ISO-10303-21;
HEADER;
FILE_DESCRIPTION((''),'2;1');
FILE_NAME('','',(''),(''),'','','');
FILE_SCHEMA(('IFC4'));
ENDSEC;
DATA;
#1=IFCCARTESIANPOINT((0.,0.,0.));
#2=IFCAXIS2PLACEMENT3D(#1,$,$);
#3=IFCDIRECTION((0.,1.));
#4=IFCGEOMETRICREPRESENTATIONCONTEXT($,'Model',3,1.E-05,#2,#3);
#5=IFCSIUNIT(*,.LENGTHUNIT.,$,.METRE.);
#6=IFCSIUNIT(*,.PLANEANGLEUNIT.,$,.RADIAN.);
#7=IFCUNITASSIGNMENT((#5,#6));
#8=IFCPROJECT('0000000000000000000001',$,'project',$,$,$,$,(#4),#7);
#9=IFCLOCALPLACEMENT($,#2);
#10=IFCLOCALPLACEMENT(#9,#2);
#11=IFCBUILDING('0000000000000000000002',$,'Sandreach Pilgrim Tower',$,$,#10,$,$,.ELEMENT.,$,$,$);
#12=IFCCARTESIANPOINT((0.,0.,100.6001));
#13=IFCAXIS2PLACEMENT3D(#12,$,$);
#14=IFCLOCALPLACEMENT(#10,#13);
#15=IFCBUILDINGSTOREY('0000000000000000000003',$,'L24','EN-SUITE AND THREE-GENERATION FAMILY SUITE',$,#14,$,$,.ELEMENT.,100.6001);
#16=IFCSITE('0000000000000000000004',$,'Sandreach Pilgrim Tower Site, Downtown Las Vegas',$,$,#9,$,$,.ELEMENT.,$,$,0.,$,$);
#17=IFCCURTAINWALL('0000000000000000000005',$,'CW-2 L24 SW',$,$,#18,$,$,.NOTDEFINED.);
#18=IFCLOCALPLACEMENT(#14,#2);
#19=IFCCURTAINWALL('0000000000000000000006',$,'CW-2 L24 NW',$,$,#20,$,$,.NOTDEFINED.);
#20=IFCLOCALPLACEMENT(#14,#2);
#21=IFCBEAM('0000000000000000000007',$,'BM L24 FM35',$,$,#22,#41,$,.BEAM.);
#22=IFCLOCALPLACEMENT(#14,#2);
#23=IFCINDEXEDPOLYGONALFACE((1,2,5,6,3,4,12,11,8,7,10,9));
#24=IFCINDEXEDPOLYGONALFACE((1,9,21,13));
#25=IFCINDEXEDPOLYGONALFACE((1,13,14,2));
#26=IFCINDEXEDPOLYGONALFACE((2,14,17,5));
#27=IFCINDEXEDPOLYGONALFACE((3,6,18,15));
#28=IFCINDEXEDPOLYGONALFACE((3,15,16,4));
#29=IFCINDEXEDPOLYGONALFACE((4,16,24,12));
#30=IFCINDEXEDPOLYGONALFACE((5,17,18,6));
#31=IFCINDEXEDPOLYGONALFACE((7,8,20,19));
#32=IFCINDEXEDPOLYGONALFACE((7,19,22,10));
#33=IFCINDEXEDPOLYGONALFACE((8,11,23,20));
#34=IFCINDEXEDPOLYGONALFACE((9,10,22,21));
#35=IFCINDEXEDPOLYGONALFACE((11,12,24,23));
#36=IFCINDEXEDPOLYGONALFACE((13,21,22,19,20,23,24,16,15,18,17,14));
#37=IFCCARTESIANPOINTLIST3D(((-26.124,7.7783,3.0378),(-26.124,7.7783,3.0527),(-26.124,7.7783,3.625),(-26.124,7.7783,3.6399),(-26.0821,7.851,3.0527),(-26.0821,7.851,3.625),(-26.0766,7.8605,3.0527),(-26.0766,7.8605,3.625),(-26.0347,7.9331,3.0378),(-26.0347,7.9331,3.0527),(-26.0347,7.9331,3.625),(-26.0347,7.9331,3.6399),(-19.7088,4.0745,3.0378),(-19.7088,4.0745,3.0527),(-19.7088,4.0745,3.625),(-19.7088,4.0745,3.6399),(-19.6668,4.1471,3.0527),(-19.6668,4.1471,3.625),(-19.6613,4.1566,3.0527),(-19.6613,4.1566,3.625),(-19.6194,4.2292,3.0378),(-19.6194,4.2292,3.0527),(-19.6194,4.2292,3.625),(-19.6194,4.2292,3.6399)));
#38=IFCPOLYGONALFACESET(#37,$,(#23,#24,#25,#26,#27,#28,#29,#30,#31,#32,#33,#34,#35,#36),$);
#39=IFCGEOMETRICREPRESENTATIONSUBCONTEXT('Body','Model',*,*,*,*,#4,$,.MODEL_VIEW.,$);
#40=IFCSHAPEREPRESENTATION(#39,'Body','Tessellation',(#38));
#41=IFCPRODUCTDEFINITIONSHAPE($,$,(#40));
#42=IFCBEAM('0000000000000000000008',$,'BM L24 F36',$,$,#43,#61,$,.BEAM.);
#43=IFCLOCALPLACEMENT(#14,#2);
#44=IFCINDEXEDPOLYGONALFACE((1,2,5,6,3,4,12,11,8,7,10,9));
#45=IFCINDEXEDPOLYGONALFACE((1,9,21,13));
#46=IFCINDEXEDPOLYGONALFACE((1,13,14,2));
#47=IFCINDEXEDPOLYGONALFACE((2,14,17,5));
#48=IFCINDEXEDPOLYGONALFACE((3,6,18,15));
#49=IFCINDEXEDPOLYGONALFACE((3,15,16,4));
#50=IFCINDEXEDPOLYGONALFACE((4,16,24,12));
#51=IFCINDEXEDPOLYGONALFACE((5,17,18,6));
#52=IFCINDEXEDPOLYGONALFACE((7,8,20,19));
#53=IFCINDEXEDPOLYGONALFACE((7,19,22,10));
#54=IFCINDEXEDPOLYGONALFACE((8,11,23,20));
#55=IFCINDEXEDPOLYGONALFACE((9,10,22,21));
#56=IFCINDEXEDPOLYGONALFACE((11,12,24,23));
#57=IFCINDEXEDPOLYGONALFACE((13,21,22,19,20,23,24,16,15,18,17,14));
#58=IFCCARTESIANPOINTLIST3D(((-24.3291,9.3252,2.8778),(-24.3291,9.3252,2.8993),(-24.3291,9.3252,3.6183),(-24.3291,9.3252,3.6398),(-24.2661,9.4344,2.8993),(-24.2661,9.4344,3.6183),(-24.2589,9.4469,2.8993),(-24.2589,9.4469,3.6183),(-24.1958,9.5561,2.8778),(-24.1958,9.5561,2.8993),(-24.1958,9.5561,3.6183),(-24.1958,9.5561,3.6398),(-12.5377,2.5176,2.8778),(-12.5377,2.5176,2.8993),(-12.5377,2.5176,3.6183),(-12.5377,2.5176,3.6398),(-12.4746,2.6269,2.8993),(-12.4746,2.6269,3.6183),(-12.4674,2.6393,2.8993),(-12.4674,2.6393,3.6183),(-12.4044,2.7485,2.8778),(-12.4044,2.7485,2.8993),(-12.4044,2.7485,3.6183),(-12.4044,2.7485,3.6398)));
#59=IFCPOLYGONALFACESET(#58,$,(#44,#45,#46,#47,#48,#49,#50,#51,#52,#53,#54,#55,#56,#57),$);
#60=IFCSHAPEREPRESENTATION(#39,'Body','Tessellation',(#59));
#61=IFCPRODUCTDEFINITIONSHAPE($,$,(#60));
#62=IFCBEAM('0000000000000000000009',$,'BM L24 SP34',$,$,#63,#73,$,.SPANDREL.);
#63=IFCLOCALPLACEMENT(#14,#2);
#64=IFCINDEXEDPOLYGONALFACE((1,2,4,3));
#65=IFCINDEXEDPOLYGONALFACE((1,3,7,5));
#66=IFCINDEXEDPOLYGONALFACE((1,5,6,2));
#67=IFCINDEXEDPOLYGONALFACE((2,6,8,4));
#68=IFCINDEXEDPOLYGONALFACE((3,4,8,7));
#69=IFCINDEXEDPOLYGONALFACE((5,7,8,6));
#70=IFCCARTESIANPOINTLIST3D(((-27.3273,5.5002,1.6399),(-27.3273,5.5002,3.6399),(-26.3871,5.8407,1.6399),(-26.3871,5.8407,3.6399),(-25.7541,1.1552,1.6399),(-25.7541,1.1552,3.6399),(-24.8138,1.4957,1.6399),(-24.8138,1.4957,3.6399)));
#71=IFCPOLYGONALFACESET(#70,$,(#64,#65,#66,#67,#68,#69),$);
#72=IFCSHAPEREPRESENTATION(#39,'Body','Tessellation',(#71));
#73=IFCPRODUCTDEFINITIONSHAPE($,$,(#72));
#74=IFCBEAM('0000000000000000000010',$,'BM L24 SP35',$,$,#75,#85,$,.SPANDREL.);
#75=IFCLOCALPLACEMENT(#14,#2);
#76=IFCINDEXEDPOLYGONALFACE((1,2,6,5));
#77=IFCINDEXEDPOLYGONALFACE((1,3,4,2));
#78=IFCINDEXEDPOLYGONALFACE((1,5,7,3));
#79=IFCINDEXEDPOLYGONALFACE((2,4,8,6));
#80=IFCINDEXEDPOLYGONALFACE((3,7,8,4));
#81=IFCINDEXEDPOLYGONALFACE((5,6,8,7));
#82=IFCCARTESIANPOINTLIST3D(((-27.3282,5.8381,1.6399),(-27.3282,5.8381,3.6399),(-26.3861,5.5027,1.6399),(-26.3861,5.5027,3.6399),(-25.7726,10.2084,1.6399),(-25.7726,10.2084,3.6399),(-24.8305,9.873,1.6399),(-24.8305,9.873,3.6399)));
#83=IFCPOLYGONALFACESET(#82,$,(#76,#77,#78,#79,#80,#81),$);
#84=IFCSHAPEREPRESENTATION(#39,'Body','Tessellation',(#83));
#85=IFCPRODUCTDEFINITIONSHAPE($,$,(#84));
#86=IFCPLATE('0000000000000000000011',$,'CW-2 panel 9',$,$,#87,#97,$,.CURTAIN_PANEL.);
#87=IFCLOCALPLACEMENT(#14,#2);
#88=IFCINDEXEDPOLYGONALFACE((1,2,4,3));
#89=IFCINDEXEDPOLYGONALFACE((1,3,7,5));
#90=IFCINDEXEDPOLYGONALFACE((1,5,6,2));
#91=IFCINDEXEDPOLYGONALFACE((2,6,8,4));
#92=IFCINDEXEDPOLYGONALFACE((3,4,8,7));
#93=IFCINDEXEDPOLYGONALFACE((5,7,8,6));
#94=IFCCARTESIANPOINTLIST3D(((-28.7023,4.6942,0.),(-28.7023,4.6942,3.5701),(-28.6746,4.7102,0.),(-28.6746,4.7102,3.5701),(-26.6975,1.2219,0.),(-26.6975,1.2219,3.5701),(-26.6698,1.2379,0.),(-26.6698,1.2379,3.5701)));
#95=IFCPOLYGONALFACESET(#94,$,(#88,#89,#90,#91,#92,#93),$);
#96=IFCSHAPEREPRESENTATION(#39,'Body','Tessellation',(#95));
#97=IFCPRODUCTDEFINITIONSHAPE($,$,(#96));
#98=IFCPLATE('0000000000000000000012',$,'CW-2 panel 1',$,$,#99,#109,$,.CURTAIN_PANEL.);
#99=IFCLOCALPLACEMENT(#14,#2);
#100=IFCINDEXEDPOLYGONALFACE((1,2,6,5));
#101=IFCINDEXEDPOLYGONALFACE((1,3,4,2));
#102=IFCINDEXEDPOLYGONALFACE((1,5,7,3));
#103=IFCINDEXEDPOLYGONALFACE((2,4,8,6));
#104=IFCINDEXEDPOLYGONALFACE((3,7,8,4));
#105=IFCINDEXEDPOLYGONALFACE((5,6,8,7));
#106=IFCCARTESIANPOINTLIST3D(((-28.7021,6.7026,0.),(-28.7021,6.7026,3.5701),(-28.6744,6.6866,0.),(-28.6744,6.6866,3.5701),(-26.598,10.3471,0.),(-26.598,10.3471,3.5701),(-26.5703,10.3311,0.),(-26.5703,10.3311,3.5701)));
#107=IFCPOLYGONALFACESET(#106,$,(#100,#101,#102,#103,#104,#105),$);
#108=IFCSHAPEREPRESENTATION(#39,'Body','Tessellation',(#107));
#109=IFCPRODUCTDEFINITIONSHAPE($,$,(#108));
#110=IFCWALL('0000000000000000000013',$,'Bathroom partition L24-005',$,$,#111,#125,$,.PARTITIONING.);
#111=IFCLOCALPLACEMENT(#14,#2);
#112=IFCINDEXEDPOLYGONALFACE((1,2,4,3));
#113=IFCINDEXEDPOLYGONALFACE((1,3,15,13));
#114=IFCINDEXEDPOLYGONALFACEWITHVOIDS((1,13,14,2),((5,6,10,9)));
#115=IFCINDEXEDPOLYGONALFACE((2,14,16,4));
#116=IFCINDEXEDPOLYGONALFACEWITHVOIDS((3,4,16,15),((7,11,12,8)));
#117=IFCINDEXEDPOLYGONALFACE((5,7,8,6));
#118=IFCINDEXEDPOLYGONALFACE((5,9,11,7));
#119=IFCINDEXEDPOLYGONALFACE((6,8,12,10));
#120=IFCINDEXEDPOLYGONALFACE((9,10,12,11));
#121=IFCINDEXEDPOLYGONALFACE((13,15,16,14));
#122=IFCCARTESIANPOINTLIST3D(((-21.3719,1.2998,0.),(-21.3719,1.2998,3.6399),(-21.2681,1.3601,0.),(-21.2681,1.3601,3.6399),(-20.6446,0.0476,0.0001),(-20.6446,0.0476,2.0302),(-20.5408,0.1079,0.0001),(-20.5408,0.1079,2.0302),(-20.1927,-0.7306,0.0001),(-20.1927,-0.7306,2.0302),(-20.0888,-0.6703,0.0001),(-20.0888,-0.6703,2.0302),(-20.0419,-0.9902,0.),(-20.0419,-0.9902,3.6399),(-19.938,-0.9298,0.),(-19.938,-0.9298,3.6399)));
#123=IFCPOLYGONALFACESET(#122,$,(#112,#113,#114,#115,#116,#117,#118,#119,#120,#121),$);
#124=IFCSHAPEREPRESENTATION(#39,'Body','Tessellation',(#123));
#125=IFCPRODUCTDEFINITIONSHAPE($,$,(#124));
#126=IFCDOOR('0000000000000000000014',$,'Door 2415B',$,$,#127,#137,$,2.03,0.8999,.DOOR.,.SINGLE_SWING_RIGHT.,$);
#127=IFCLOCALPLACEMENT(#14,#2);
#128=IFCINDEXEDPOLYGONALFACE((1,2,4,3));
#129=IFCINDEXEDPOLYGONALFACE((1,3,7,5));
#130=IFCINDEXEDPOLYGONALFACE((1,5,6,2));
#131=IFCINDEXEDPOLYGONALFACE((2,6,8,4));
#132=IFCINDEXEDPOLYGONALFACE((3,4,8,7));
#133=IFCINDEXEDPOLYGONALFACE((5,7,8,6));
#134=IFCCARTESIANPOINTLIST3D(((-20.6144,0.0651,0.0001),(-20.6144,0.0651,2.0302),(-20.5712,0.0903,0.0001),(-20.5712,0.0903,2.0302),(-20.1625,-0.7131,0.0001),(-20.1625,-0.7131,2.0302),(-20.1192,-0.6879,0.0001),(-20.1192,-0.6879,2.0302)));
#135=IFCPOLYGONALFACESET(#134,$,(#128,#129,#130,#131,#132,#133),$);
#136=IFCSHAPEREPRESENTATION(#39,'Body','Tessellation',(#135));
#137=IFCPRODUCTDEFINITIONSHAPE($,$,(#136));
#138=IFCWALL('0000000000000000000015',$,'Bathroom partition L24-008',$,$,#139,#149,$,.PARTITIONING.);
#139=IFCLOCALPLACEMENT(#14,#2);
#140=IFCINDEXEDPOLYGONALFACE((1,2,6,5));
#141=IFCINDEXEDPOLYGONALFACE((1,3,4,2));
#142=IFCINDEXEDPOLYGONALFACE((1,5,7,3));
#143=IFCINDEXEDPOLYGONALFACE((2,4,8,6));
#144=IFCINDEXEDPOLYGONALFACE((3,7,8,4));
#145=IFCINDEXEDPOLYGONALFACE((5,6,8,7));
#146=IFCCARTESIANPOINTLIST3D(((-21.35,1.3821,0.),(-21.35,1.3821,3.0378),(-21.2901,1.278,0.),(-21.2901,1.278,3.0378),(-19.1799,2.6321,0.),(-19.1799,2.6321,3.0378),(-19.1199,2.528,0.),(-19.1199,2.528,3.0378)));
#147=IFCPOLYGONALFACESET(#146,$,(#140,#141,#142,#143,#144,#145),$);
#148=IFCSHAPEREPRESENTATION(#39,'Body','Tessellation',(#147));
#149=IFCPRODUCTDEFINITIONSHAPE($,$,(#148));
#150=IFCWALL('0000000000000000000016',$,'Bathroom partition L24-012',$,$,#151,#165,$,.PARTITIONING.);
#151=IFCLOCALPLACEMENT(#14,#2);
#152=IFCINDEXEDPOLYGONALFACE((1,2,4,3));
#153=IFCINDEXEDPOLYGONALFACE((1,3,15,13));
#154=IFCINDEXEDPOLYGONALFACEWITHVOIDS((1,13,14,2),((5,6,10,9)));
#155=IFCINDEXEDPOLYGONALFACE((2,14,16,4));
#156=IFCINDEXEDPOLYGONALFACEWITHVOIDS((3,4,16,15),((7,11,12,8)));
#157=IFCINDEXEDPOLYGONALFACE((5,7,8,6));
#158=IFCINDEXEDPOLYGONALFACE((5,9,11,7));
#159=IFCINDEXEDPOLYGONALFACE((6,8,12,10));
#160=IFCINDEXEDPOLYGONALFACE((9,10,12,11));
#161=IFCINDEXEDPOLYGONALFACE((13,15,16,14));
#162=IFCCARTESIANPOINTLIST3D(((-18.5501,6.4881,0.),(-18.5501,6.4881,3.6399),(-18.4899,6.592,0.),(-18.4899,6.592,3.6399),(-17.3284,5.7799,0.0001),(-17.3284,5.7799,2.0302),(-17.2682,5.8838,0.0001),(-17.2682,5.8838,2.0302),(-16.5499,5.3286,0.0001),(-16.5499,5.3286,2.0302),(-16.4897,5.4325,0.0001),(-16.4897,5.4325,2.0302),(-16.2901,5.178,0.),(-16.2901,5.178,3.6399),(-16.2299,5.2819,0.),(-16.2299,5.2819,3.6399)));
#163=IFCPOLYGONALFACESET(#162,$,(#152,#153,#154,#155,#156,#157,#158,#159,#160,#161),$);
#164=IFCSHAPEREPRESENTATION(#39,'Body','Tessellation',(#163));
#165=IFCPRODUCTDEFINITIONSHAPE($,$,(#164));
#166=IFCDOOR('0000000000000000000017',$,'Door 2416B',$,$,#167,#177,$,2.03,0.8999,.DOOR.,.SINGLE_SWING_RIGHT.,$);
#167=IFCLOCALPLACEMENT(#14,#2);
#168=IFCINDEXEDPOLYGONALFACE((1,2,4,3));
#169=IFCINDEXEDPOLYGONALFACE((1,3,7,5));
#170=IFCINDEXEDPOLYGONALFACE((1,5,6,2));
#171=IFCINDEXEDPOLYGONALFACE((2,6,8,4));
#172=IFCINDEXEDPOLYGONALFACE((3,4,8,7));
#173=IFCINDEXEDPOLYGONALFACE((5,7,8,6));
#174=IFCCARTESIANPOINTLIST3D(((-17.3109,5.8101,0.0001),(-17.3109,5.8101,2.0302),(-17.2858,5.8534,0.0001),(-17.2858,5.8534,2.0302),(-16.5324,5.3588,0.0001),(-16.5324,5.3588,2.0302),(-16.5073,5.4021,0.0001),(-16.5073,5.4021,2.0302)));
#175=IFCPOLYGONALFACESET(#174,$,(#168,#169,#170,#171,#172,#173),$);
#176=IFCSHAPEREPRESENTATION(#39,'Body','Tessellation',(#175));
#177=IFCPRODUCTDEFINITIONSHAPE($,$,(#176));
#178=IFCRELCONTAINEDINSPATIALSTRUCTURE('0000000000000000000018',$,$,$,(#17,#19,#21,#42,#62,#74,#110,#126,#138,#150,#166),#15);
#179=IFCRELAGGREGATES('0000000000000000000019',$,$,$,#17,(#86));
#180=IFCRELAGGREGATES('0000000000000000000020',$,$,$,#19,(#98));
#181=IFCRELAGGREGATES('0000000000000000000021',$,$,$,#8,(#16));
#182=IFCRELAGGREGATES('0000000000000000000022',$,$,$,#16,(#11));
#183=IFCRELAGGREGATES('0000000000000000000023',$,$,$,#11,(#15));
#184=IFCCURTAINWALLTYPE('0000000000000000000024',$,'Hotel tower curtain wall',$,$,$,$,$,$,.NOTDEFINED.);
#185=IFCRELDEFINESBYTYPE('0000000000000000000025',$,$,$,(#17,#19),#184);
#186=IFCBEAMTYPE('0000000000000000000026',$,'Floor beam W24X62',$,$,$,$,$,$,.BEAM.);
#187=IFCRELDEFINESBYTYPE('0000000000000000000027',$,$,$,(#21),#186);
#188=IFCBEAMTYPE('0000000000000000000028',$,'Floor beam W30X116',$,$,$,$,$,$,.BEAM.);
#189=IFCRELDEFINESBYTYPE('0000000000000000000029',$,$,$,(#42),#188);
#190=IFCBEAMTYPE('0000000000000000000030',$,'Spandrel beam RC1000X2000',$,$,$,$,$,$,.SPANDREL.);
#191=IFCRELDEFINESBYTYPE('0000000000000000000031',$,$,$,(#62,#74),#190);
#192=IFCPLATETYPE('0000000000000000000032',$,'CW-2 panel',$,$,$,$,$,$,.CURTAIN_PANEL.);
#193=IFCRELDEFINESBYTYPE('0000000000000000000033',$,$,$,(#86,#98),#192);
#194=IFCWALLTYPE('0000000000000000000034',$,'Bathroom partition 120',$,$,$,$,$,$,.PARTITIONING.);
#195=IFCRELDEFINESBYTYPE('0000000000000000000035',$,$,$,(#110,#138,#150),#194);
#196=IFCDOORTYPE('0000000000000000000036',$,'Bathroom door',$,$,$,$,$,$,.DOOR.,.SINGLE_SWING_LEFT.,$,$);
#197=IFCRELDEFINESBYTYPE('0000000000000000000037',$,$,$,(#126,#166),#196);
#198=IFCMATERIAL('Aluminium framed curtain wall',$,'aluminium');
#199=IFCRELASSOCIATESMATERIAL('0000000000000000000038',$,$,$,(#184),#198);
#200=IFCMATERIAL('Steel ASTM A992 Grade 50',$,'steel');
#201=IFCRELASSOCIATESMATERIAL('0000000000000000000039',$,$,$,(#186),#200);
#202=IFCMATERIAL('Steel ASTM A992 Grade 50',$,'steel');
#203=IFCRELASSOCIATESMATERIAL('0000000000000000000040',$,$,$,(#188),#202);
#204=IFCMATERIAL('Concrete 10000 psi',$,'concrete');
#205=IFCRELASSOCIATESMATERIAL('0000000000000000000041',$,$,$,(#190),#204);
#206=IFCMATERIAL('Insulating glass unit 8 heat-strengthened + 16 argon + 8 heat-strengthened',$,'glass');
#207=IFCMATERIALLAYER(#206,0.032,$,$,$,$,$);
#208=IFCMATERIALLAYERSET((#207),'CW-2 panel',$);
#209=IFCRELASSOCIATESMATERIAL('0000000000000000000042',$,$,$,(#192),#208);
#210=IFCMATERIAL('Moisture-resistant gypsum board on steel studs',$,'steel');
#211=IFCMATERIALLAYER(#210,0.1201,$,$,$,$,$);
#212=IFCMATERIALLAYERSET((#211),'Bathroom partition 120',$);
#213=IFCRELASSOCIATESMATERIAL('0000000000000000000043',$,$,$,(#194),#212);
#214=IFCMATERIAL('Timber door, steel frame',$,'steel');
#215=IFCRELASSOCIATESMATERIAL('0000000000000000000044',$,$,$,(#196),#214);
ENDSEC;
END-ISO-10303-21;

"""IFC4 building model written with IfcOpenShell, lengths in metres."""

from ifc_helpers import new_model, si_unit, direction, frame, frame_2d, origin, origin_2d, place, context, subcontext, project, spatial, rectangle, i_section, extrude, material, layer, layer_set, material_profile, profile_set, type_object, element, fill, aggregate, save


model = new_model("IFC4")

# Units and contexts
model_context = context("Model", 3, precision=1e-05, world=origin(), true_north=direction((0.0, 1.0)))
body_context = subcontext(model_context, "Body", "Model", "MODEL_VIEW")
ifc_project = project(units=[si_unit("LENGTHUNIT", "METRE"), si_unit("PLANEANGLEUNIT", "RADIAN")], contexts=[model_context])

# Site, building, storey
site_placement = place(None, origin())
site = spatial("IfcSite", under=ifc_project, at=site_placement, Name="Sandreach Pilgrim Tower Site, Downtown Las Vegas", CompositionType="ELEMENT", RefElevation=0.0)
building_placement = place(site_placement, origin())
building = spatial("IfcBuilding", under=site, at=building_placement, Name="Sandreach Pilgrim Tower", CompositionType="ELEMENT")
storey_placement = place(building_placement, frame((0.0, 0.0, 100.6001)))
storey = spatial("IfcBuildingStorey", under=building, at=storey_placement, Name="L24", Description="EN-SUITE AND THREE-GENERATION FAMILY SUITE", CompositionType="ELEMENT", Elevation=100.6001)

# Curtain wall
ifc_material_1 = material(Name="Aluminium framed curtain wall", Category="aluminium")
curtain_wall_type = type_object("IfcCurtainWallType", Name="Hotel tower curtain wall", PredefinedType="NOTDEFINED", material=ifc_material_1)
curtain_wall_1_placement = place(storey_placement, origin())
curtain_wall_1 = element("IfcCurtainWall", 1, at=curtain_wall_1_placement, inside=storey, type_object=curtain_wall_type, Name="CW-2 L24 SW", PredefinedType="NOTDEFINED")

# Curtain wall
curtain_wall_2_placement = place(storey_placement, origin())
curtain_wall_2 = element("IfcCurtainWall", 2, at=curtain_wall_2_placement, inside=storey, type_object=curtain_wall_type, Name="CW-2 L24 NW", PredefinedType="NOTDEFINED")

# Beams
ifc_material_2 = material(Name="Steel ASTM A992 Grade 50", Category="steel")
ifc_material_profile_1 = material_profile(ifc_material_2, i_section(OverallWidth=0.1787, OverallDepth=0.6021, WebThickness=0.011, FlangeThickness=0.0149, at=origin_2d()), Name="W24X62")
ifc_profile_set_1 = profile_set([ifc_material_profile_1], Name="Steel ASTM A992 Grade 50")
beam_type_1 = type_object("IfcBeamType", Name="Floor beam W24X62", PredefinedType="BEAM", material=ifc_profile_set_1)
beam_1_placement = place(storey_placement, frame((-26.0793, 7.8557, 3.3389), z_axis=(0.866026, -0.499999, 0.0), x_axis=(0.499999, 0.866026, 0.0)))
element("IfcBeam", 3, at=beam_1_placement, inside=storey, type_object=beam_type_1, Name="BM L24 FM35", PredefinedType="BEAM", context=body_context, shape_type="SweptSolid", body=[
    extrude(i_section(OverallWidth=0.1787, OverallDepth=0.6021, WebThickness=0.011, FlangeThickness=0.0149, at=origin_2d()), origin(), (0.0, 0.0, 1.0), 7.4077),
])
ifc_material_3 = material(Name="Steel ASTM A992 Grade 50", Category="steel")
ifc_material_profile_2 = material_profile(ifc_material_3, i_section(OverallWidth=0.2666, OverallDepth=0.762, WebThickness=0.0144, FlangeThickness=0.0215, at=origin_2d()), Name="W30X116")
ifc_profile_set_2 = profile_set([ifc_material_profile_2], Name="Steel ASTM A992 Grade 50")
beam_type_2 = type_object("IfcBeamType", Name="Floor beam W30X116", PredefinedType="BEAM", material=ifc_profile_set_2)
beam_2_placement = place(storey_placement, frame((-24.2625, 9.4407, 3.2588), z_axis=(0.866032, -0.499988, 0.0), x_axis=(0.499988, 0.866032, 0.0)))
element("IfcBeam", 4, at=beam_2_placement, inside=storey, type_object=beam_type_2, Name="BM L24 F36", PredefinedType="BEAM", context=body_context, shape_type="SweptSolid", body=[
    extrude(i_section(OverallWidth=0.2666, OverallDepth=0.762, WebThickness=0.0144, FlangeThickness=0.0215, at=origin_2d()), origin(), (0.0, 0.0, 1.0), 13.6155),
])
ifc_material_4 = material(Name="Concrete 10000 psi", Category="concrete")
ifc_material_profile_3 = material_profile(ifc_material_4, rectangle(XDim=1.0, YDim=2.0, at=origin_2d()), Name="RC1000X2000")
ifc_profile_set_3 = profile_set([ifc_material_profile_3], Name="Concrete 10000 psi")
beam_type_3 = type_object("IfcBeamType", Name="Spandrel beam RC1000X2000", PredefinedType="SPANDREL", material=ifc_profile_set_3)
beam_3_placement = place(storey_placement, frame((-25.2839, 1.3254, 2.6399), z_axis=(-0.340453, 0.940261, 0.0), x_axis=(-0.940261, -0.340453, 0.0)))
element("IfcBeam", 5, at=beam_3_placement, inside=storey, type_object=beam_type_3, Name="BM L24 SP34", PredefinedType="SPANDREL", context=body_context, shape_type="SweptSolid", body=[
    extrude(rectangle(XDim=1.0, YDim=2.0, at=origin_2d()), origin(), (0.0, 0.0, 1.0), 4.6211),
])
beam_4_placement = place(storey_placement, frame((-26.8572, 5.6704, 2.6399), z_axis=(0.335346, 0.942095, 0.0), x_axis=(-0.942095, 0.335346, 0.0)))
element("IfcBeam", 6, at=beam_4_placement, inside=storey, type_object=beam_type_3, Name="BM L24 SP35", PredefinedType="SPANDREL", context=body_context, shape_type="SweptSolid", body=[
    extrude(rectangle(XDim=1.0, YDim=2.0, at=origin_2d()), origin(), (0.0, 0.0, 1.0), 4.6389),
])

# Plates
ifc_material_5 = material(Name="Insulating glass unit 8 heat-strengthened + 16 argon + 8 heat-strengthened", Category="glass")
ifc_layer_1 = layer(ifc_material_5, 0.032)
ifc_layer_set_1 = layer_set([ifc_layer_1], Name="CW-2 panel")
plate_type = type_object("IfcPlateType", Name="CW-2 panel", PredefinedType="CURTAIN_PANEL", material=ifc_layer_set_1)
plate_1_placement = place(storey_placement, frame((-27.686, 2.9661, 0.0), z_axis=(0.0, 0.0, 1.0), x_axis=(-0.5, 0.866025, 0.0)))
plate_1 = element("IfcPlate", 7, at=plate_1_placement, type_object=plate_type, Name="CW-2 panel 9", PredefinedType="CURTAIN_PANEL", context=body_context, shape_type="SweptSolid", body=[
    extrude(rectangle(XDim=4.0095, YDim=0.032, at=origin_2d()), origin(), (0.0, 0.0, 1.0), 3.5701),
])
aggregate(curtain_wall_1, [plate_1])
plate_2_placement = place(storey_placement, frame((-27.6362, 8.5168, 0.0), z_axis=(0.0, 0.0, 1.0), x_axis=(0.5, 0.866025, 0.0)))
plate_2 = element("IfcPlate", 8, at=plate_2_placement, type_object=plate_type, Name="CW-2 panel 1", PredefinedType="CURTAIN_PANEL", context=body_context, shape_type="SweptSolid", body=[
    extrude(rectangle(XDim=4.2083, YDim=0.032, at=origin_2d()), origin(), (0.0, 0.0, 1.0), 3.5701),
])
aggregate(curtain_wall_2, [plate_2])

# Wall, opening, door
ifc_material_6 = material(Name="Moisture-resistant gypsum board on steel studs", Category="steel")
ifc_layer_2 = layer(ifc_material_6, 0.1201)
ifc_layer_set_2 = layer_set([ifc_layer_2], Name="Bathroom partition 120")
wall_type_1 = type_object("IfcWallType", Name="Bathroom partition 120", PredefinedType="PARTITIONING", material=ifc_layer_set_2)
wall_1_placement = place(storey_placement, frame((-21.3201, 1.3301, 0.0), z_axis=(0.0, 0.0, 1.0), x_axis=(0.502242, -0.864727, 0.0)))
wall_1 = element("IfcWall", 9, at=wall_1_placement, inside=storey, type_object=wall_type_1, Name="Bathroom partition L24-005", PredefinedType="PARTITIONING", context=body_context, shape_type="SweptSolid", body=[
    extrude(rectangle(XDim=2.6482, YDim=0.1201, at=frame_2d((1.3242, 0.0))), origin(), (0.0, 0.0, 1.0), 3.6399),
])
opening_1_placement = place(wall_1_placement, frame((1.4482, 0.0, 0.0)))
opening_1 = element("IfcOpeningElement", 10, at=opening_1_placement, cuts=wall_1, PredefinedType="OPENING", context=body_context, shape_type="SweptSolid", body=[
    extrude(rectangle(XDim=0.8999, YDim=2.03, at=frame_2d((0.45, 1.0151))), frame((0.0, 0.0601, 0.0), z_axis=(0.0, -1.0, 0.0), x_axis=(1.0, 0.0, 0.0)), (0.0, 0.0, 1.0), 0.1201),
])
ifc_material_7 = material(Name="Timber door, steel frame", Category="steel")
door_type_1 = type_object("IfcDoorType", Name="Bathroom door", OperationType="SINGLE_SWING_LEFT", PredefinedType="DOOR", material=ifc_material_7)
door_1_placement = place(opening_1_placement, origin())
door_1 = element("IfcDoor", 11, at=door_1_placement, inside=storey, type_object=door_type_1, Name="Door 2415B", OperationType="SINGLE_SWING_RIGHT", OverallHeight=2.03, OverallWidth=0.8999, PredefinedType="DOOR", context=body_context, shape_type="SweptSolid", body=[
    extrude(rectangle(XDim=0.8999, YDim=2.03, at=frame_2d((0.45, 1.0151))), frame((0.0, 0.0249, 0.0), z_axis=(0.0, -1.0, 0.0), x_axis=(1.0, 0.0, 0.0)), (0.0, 0.0, 1.0), 0.05),
])
fill(opening_1, door_1)

# Wall
wall_2_placement = place(storey_placement, frame((-19.1499, 2.5801, 0.0), z_axis=(0.0, 0.0, 1.0), x_axis=(-0.866534, -0.499118, 0.0)))
element("IfcWall", 12, at=wall_2_placement, inside=storey, type_object=wall_type_1, Name="Bathroom partition L24-008", PredefinedType="PARTITIONING", context=body_context, shape_type="SweptSolid", body=[
    extrude(rectangle(XDim=2.5044, YDim=0.1201, at=frame_2d((1.2522, 0.0))), origin(), (0.0, 0.0, 1.0), 3.0378),
])

# Wall, opening, door
wall_3_placement = place(storey_placement, frame((-18.52, 6.54, 0.0), z_axis=(0.0, 0.0, 1.0), x_axis=(0.865155, -0.501504, 0.0)))
wall_3 = element("IfcWall", 13, at=wall_3_placement, inside=storey, type_object=wall_type_1, Name="Bathroom partition L24-012", PredefinedType="PARTITIONING", context=body_context, shape_type="SweptSolid", body=[
    extrude(rectangle(XDim=2.6123, YDim=0.1201, at=frame_2d((1.3062, 0.0))), origin(), (0.0, 0.0, 1.0), 3.6399),
])
opening_2_placement = place(wall_3_placement, frame((1.4121, 0.0, 0.0)))
opening_2 = element("IfcOpeningElement", 14, at=opening_2_placement, cuts=wall_3, PredefinedType="OPENING", context=body_context, shape_type="SweptSolid", body=[
    extrude(rectangle(XDim=0.8999, YDim=2.03, at=frame_2d((0.45, 1.0151))), frame((0.0, 0.0601, 0.0), z_axis=(0.0, -1.0, 0.0), x_axis=(1.0, 0.0, 0.0)), (0.0, 0.0, 1.0), 0.1201),
])
door_2_placement = place(opening_2_placement, origin())
door_2 = element("IfcDoor", 15, at=door_2_placement, inside=storey, type_object=door_type_1, Name="Door 2416B", OperationType="SINGLE_SWING_RIGHT", OverallHeight=2.03, OverallWidth=0.8999, PredefinedType="DOOR", context=body_context, shape_type="SweptSolid", body=[
    extrude(rectangle(XDim=0.8999, YDim=2.03, at=frame_2d((0.45, 1.0151))), frame((0.0, 0.0249, 0.0), z_axis=(0.0, -1.0, 0.0), x_axis=(1.0, 0.0, 0.0)), (0.0, 0.0, 1.0), 0.05),
])
fill(opening_2, door_2)

save(model, "model.ifc")
